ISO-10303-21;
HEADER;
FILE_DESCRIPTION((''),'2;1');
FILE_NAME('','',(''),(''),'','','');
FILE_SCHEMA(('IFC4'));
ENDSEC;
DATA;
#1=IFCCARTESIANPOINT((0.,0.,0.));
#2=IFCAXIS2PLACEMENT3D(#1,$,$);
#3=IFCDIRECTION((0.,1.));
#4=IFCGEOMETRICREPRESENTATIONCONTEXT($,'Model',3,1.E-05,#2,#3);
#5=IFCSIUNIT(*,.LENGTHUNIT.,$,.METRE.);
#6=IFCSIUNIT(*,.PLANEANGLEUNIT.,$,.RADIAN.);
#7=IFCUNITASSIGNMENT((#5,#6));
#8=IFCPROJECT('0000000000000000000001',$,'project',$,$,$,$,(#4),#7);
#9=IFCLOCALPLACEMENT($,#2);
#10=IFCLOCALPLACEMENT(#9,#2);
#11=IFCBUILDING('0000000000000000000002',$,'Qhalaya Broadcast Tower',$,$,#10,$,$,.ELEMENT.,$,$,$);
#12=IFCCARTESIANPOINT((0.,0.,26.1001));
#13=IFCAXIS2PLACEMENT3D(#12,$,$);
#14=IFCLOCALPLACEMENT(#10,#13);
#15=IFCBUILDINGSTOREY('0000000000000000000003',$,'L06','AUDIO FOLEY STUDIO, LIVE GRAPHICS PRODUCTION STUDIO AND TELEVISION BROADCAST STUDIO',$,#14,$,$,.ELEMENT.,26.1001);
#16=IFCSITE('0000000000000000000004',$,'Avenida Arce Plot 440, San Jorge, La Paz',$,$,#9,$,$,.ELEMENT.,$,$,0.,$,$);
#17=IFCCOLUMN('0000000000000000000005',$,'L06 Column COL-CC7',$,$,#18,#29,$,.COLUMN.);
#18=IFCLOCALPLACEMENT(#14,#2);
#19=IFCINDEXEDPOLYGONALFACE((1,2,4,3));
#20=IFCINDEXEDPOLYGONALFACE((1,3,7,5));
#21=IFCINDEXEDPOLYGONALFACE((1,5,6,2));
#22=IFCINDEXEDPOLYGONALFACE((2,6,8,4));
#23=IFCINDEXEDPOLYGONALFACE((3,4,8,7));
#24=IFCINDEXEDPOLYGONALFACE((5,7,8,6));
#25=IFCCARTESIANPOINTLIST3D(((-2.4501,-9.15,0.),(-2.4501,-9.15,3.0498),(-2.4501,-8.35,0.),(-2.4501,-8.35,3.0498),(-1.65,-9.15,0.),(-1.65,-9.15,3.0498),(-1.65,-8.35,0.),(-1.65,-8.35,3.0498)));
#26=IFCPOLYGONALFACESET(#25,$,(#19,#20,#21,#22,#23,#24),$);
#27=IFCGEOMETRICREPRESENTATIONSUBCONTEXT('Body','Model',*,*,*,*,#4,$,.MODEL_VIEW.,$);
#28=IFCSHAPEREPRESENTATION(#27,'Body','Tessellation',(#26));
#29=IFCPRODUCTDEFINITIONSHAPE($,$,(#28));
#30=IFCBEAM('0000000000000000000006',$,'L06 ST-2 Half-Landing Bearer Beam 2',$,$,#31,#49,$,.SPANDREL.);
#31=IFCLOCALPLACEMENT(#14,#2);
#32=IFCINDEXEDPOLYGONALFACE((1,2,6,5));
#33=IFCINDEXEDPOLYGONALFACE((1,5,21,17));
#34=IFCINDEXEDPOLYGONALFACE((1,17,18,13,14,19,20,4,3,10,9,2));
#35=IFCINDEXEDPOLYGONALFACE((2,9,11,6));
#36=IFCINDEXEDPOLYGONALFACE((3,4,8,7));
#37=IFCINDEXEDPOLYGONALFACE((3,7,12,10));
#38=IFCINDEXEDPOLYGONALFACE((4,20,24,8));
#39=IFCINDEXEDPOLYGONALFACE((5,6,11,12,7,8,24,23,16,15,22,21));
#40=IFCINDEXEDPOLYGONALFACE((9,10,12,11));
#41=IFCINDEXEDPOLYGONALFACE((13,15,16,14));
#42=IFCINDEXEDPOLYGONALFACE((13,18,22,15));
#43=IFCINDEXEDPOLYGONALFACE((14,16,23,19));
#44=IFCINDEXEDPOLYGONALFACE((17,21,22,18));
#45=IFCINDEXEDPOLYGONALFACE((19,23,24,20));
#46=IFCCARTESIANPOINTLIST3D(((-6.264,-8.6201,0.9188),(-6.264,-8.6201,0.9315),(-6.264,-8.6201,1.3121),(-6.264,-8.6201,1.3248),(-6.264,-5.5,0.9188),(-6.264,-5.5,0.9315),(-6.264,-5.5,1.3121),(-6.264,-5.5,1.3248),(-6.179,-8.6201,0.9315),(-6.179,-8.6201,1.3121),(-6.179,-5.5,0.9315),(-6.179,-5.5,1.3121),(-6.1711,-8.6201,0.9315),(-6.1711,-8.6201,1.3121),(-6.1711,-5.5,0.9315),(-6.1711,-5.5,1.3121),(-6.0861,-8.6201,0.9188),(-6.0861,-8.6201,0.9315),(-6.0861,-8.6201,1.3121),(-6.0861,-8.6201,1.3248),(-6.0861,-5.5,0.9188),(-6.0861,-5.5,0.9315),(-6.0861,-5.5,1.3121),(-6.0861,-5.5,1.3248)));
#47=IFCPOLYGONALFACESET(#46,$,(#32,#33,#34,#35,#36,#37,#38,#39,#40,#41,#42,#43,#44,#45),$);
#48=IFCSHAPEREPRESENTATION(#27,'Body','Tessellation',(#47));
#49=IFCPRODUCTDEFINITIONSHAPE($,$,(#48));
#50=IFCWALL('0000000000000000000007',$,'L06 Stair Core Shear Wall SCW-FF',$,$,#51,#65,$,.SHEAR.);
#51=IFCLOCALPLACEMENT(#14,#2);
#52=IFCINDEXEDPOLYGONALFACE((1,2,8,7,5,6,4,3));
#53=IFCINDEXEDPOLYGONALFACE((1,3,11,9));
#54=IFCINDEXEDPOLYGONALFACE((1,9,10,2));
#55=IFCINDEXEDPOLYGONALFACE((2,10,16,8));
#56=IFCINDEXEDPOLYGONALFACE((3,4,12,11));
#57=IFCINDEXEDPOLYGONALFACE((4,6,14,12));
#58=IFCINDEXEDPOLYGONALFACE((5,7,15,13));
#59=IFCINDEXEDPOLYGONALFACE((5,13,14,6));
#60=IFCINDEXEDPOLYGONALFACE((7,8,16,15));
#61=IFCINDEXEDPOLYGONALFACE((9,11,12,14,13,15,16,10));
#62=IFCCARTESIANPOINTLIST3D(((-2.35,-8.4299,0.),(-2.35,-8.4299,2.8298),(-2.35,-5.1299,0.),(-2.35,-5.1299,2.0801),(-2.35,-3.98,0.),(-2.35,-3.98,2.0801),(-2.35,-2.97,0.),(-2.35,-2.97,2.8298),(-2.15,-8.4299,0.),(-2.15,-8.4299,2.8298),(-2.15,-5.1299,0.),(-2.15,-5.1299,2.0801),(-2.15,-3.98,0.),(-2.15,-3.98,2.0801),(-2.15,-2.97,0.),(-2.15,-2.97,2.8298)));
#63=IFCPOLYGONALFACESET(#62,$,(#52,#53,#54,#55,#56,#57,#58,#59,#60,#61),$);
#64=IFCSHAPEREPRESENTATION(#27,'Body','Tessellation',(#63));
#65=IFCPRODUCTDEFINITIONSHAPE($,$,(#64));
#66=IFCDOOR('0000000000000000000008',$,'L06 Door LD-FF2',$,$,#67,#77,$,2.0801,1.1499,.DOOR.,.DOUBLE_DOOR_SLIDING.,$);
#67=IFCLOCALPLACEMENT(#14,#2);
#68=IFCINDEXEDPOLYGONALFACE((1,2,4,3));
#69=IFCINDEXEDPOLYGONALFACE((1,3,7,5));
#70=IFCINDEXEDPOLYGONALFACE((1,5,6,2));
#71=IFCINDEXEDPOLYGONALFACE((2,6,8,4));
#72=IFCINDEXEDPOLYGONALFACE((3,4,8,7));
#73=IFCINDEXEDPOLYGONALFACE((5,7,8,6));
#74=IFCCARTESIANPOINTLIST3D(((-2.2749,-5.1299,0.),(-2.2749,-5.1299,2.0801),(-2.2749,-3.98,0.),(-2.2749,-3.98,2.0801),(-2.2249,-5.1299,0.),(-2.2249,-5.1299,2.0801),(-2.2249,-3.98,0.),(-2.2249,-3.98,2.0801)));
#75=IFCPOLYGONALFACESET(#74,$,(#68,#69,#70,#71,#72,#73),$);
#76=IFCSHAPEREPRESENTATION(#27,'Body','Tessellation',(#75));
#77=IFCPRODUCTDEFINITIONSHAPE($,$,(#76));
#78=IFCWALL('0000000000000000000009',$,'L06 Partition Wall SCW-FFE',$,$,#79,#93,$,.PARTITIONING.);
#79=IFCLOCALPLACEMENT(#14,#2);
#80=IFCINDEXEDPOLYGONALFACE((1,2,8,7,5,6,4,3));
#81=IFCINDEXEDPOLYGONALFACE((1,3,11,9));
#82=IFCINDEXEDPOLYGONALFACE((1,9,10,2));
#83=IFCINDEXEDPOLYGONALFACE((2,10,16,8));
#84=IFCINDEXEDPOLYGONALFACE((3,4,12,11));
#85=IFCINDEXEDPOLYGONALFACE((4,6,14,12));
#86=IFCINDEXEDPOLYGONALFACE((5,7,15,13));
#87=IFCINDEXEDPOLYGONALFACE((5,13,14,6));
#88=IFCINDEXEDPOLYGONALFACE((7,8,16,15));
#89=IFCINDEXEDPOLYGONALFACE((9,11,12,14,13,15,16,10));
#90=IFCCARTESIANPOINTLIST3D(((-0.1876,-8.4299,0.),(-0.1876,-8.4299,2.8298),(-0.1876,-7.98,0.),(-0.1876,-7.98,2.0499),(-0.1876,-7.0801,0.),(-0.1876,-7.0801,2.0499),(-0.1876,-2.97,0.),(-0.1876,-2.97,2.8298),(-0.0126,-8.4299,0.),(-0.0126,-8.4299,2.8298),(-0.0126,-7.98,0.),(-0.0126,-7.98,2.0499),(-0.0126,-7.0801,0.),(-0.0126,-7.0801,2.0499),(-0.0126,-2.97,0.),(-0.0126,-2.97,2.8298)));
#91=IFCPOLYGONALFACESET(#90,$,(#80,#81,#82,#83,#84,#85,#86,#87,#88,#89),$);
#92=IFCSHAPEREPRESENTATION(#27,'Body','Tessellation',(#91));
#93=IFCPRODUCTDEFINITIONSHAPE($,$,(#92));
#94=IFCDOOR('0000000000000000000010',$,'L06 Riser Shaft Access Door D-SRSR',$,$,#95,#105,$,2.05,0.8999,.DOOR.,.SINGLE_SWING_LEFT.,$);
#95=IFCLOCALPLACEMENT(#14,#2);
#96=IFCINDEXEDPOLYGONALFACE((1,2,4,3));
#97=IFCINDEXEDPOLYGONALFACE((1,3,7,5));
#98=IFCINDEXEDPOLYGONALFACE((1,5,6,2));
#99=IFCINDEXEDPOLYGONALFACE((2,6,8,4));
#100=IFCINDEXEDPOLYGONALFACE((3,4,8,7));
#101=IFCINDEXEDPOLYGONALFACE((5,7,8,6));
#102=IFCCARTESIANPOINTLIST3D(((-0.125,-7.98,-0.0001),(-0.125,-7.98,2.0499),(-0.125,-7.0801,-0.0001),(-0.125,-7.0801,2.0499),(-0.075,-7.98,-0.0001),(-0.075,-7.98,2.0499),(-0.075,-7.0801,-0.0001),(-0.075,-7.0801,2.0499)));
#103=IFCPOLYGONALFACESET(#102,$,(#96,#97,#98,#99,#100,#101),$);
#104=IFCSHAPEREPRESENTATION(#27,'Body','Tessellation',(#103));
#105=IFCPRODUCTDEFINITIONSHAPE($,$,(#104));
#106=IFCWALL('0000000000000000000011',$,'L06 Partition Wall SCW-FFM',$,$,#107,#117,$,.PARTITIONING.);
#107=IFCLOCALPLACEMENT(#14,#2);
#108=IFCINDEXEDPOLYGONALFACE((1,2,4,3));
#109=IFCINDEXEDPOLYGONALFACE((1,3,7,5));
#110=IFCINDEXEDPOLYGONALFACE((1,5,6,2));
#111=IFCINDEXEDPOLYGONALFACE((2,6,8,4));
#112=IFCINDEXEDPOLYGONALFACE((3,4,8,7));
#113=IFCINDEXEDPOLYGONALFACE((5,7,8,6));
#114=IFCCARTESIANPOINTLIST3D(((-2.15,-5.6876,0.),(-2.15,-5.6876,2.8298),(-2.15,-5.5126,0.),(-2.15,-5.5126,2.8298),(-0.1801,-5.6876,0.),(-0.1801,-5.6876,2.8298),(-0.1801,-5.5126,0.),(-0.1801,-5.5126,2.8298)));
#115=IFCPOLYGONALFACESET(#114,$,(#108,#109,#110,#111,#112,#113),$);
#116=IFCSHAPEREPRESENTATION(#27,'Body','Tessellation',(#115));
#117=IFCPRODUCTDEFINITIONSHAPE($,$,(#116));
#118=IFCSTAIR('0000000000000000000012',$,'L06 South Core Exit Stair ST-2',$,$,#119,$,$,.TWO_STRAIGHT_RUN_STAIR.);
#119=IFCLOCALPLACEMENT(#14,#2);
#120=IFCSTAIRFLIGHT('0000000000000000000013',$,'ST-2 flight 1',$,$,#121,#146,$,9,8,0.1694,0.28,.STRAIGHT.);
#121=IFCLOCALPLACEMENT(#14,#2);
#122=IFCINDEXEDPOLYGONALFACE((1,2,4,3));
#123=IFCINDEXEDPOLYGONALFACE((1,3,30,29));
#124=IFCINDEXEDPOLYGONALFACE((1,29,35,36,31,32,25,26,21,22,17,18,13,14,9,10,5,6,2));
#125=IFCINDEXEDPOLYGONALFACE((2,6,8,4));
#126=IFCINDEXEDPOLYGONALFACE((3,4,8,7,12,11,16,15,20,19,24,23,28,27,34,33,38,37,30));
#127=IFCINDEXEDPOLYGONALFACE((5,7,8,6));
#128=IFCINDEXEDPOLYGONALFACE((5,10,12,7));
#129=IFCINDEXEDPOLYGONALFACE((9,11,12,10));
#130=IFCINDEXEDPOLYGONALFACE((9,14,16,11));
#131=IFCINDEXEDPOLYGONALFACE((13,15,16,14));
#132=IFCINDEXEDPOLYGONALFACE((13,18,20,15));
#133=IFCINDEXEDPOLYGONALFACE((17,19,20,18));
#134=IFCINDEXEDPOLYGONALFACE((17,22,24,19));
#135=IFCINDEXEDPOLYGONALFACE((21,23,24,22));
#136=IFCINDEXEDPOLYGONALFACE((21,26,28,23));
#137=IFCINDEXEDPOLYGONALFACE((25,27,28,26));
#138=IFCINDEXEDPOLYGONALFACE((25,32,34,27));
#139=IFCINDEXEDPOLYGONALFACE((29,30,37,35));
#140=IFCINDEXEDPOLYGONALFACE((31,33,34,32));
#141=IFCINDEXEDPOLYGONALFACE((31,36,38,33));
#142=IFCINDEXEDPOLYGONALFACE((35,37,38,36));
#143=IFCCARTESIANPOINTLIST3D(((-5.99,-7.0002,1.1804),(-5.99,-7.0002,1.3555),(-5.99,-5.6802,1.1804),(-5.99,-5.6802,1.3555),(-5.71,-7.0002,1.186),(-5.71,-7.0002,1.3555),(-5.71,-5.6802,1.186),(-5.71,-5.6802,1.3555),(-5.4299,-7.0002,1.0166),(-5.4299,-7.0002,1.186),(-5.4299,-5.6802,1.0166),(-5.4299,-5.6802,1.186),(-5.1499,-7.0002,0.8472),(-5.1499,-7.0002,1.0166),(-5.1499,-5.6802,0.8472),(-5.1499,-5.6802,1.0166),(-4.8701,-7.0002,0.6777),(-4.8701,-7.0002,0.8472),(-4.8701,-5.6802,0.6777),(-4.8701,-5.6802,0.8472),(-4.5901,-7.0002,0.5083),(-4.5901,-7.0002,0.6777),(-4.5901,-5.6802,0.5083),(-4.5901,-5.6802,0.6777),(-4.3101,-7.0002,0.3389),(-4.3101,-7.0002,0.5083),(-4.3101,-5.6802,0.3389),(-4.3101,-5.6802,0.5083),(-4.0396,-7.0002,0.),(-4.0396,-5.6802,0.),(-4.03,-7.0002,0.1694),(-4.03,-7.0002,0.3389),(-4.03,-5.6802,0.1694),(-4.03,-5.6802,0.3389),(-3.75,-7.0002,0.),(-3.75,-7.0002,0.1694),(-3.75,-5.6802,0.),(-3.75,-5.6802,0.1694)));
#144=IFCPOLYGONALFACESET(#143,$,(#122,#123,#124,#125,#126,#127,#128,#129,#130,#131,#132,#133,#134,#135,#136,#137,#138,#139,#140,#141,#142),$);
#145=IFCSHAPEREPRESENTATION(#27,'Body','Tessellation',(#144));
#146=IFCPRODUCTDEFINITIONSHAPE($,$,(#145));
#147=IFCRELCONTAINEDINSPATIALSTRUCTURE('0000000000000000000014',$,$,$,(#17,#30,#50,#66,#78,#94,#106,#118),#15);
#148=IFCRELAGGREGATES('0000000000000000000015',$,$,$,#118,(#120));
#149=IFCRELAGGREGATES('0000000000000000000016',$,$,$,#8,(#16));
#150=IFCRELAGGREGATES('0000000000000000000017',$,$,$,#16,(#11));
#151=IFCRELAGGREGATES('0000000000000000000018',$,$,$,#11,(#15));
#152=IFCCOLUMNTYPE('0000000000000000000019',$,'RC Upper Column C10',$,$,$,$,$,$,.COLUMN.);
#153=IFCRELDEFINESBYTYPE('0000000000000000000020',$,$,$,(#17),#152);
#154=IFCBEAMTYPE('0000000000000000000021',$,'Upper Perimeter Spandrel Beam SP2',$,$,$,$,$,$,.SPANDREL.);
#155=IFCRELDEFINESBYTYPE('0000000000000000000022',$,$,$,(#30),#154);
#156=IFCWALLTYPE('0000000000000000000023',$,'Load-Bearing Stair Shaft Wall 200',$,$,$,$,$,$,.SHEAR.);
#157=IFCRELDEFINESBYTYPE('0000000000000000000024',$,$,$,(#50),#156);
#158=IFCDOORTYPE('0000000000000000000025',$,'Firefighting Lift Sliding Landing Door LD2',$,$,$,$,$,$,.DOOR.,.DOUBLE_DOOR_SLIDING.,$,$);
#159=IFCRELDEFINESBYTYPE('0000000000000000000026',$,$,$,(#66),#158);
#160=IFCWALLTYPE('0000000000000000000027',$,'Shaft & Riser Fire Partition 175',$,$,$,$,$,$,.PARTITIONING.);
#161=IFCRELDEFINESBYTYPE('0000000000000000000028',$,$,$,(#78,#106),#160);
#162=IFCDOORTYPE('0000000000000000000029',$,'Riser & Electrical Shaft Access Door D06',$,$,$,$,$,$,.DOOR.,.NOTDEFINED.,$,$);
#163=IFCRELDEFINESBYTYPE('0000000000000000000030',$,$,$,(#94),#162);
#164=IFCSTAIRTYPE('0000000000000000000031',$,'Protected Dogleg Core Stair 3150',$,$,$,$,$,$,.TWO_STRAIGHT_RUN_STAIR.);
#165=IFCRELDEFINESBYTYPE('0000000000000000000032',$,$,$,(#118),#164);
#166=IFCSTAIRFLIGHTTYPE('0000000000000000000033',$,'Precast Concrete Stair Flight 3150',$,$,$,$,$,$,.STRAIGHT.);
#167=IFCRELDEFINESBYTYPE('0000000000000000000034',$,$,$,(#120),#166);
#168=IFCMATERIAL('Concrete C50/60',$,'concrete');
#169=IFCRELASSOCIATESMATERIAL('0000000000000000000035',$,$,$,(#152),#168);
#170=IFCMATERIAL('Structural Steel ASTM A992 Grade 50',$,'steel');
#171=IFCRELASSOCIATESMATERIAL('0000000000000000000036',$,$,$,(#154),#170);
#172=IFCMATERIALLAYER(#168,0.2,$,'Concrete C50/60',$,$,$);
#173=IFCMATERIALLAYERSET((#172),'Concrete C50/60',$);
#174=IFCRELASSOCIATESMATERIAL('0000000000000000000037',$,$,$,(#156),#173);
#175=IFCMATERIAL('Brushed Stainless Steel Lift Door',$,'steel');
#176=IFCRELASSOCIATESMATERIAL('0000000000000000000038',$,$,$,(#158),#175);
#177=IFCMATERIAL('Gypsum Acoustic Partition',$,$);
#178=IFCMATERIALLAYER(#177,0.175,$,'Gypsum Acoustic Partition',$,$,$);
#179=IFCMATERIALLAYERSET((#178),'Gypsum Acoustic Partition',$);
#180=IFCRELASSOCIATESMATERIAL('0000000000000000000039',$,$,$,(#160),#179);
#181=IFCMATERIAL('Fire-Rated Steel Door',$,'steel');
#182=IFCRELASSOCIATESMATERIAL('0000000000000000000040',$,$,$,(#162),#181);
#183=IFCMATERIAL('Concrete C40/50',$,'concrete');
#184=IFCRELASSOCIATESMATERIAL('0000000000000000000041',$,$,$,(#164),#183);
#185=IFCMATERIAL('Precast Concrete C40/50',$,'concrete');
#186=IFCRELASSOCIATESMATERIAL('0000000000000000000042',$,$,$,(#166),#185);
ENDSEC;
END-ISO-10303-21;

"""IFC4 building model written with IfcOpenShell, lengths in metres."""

from ifc_helpers import new_model, si_unit, direction, frame, frame_2d, origin, origin_2d, place, context, subcontext, project, spatial, polyline, rectangle, i_section, outline, extrude, material, layer, layer_set, material_profile, profile_set, type_object, element, fill, aggregate, save


model = new_model("IFC4")

# Units and contexts
model_context = context("Model", 3, precision=1e-05, world=origin(), true_north=direction((0.0, 1.0)))
body_context = subcontext(model_context, "Body", "Model", "MODEL_VIEW")
ifc_project = project(units=[si_unit("LENGTHUNIT", "METRE"), si_unit("PLANEANGLEUNIT", "RADIAN")], contexts=[model_context])

# Site, building, storey
site_placement = place(None, origin())
site = spatial("IfcSite", under=ifc_project, at=site_placement, Name="Avenida Arce Plot 440, San Jorge, La Paz", CompositionType="ELEMENT", RefElevation=0.0)
building_placement = place(site_placement, origin())
building = spatial("IfcBuilding", under=site, at=building_placement, Name="Qhalaya Broadcast Tower", CompositionType="ELEMENT")
storey_placement = place(building_placement, frame((0.0, 0.0, 26.1001)))
storey = spatial("IfcBuildingStorey", under=building, at=storey_placement, Name="L06", Description="AUDIO FOLEY STUDIO, LIVE GRAPHICS PRODUCTION STUDIO AND TELEVISION BROADCAST STUDIO", CompositionType="ELEMENT", Elevation=26.1001)

# Column
ifc_material_1 = material(Name="Concrete C50/60", Category="concrete")
ifc_material_profile_1 = material_profile(ifc_material_1, rectangle(XDim=0.8, YDim=0.8, at=origin_2d()), Name="RC-COL 800x800")
ifc_profile_set_1 = profile_set([ifc_material_profile_1], Name="Concrete C50/60")
column_type = type_object("IfcColumnType", Name="RC Upper Column C10", PredefinedType="COLUMN", material=ifc_profile_set_1)
column_placement = place(storey_placement, frame((-2.05, -8.75, 0.0), z_axis=(0.0, 0.0, 1.0), x_axis=(1.0, 0.0, 0.0)))
element("IfcColumn", 1, at=column_placement, inside=storey, type_object=column_type, Name="L06 Column COL-CC7", PredefinedType="COLUMN", context=body_context, shape_type="SweptSolid", body=[
    extrude(rectangle(XDim=0.8, YDim=0.8, at=origin_2d()), origin(), (0.0, 0.0, 1.0), 3.0498),
])

# Beam
ifc_material_2 = material(Name="Structural Steel ASTM A992 Grade 50", Category="steel")
ifc_material_profile_2 = material_profile(ifc_material_2, i_section(OverallWidth=0.178, OverallDepth=0.406, WebThickness=0.0078, FlangeThickness=0.0127, at=origin_2d()), Name="W16X40")
ifc_profile_set_2 = profile_set([ifc_material_profile_2], Name="Structural Steel ASTM A992 Grade 50")
beam_type = type_object("IfcBeamType", Name="Upper Perimeter Spandrel Beam SP2", PredefinedType="SPANDREL", material=ifc_profile_set_2)
beam_placement = place(storey_placement, frame((-6.175, -8.6201, 1.1218), z_axis=(0.0, 1.0, 0.0), x_axis=(-1.0, 0.0, 0.0)))
element("IfcBeam", 2, at=beam_placement, inside=storey, type_object=beam_type, Name="L06 ST-2 Half-Landing Bearer Beam 2", PredefinedType="SPANDREL", context=body_context, shape_type="SweptSolid", body=[
    extrude(i_section(OverallWidth=0.178, OverallDepth=0.406, WebThickness=0.0078, FlangeThickness=0.0127, at=origin_2d()), origin(), (0.0, 0.0, 1.0), 3.1201),
])

# Walls, openings, doors
ifc_layer_1 = layer(ifc_material_1, 0.2, Name="Concrete C50/60")
ifc_layer_set_1 = layer_set([ifc_layer_1], Name="Concrete C50/60")
wall_type_1 = type_object("IfcWallType", Name="Load-Bearing Stair Shaft Wall 200", PredefinedType="SHEAR", material=ifc_layer_set_1)
wall_1_placement = place(storey_placement, frame((-2.25, -8.4299, 0.0), z_axis=(0.0, 0.0, 1.0), x_axis=(0.0, 1.0, 0.0)))
wall_1 = element("IfcWall", 3, at=wall_1_placement, inside=storey, type_object=wall_type_1, Name="L06 Stair Core Shear Wall SCW-FF", PredefinedType="SHEAR", context=body_context, shape_type="SweptSolid", body=[
    extrude(rectangle(XDim=5.46, YDim=0.2, at=frame_2d((2.73, 0.0))), origin(), (0.0, 0.0, 1.0), 2.8298),
])
opening_1_placement = place(wall_1_placement, frame((3.3, 0.0, 0.0)))
opening_1 = element("IfcOpeningElement", 4, at=opening_1_placement, cuts=wall_1, PredefinedType="OPENING", context=body_context, shape_type="SweptSolid", body=[
    extrude(rectangle(XDim=1.1499, YDim=2.0801, at=frame_2d((0.575, 1.04))), frame((0.0, 0.1121, 0.0), z_axis=(0.0, -1.0, 0.0), x_axis=(1.0, 0.0, 0.0)), (0.0, 0.0, 1.0), 0.2239),
])
ifc_material_3 = material(Name="Brushed Stainless Steel Lift Door", Category="steel")
door_type_1 = type_object("IfcDoorType", Name="Firefighting Lift Sliding Landing Door LD2", OperationType="DOUBLE_DOOR_SLIDING", PredefinedType="DOOR", material=ifc_material_3)
door_1_placement = place(opening_1_placement, origin())
door_1 = element("IfcDoor", 5, at=door_1_placement, inside=storey, type_object=door_type_1, Name="L06 Door LD-FF2", OperationType="DOUBLE_DOOR_SLIDING", OverallHeight=2.0801, OverallWidth=1.1499, PredefinedType="DOOR", context=body_context, shape_type="SweptSolid", body=[
    extrude(rectangle(XDim=1.1499, YDim=2.0801, at=frame_2d((0.575, 1.04))), frame((0.0, 0.0249, 0.0), z_axis=(0.0, -1.0, 0.0), x_axis=(1.0, 0.0, 0.0)), (0.0, 0.0, 1.0), 0.05),
])
fill(opening_1, door_1)
ifc_material_4 = material(Name="Gypsum Acoustic Partition")
ifc_layer_2 = layer(ifc_material_4, 0.175, Name="Gypsum Acoustic Partition")
ifc_layer_set_2 = layer_set([ifc_layer_2], Name="Gypsum Acoustic Partition")
wall_type_2 = type_object("IfcWallType", Name="Shaft & Riser Fire Partition 175", PredefinedType="PARTITIONING", material=ifc_layer_set_2)
wall_2_placement = place(storey_placement, frame((-0.1001, -8.4299, 0.0), z_axis=(0.0, 0.0, 1.0), x_axis=(0.0, 1.0, 0.0)))
wall_2 = element("IfcWall", 6, at=wall_2_placement, inside=storey, type_object=wall_type_2, Name="L06 Partition Wall SCW-FFE", PredefinedType="PARTITIONING", context=body_context, shape_type="SweptSolid", body=[
    extrude(rectangle(XDim=5.46, YDim=0.175, at=frame_2d((2.73, 0.0))), origin(), (0.0, 0.0, 1.0), 2.8298),
])
opening_2_placement = place(wall_2_placement, frame((0.45, 0.0, 0.0)))
opening_2 = element("IfcOpeningElement", 7, at=opening_2_placement, cuts=wall_2, PredefinedType="OPENING", context=body_context, shape_type="SweptSolid", body=[
    extrude(rectangle(XDim=0.8999, YDim=2.05, at=frame_2d((0.45, 1.0249))), frame((0.0, 0.0996, 0.0), z_axis=(0.0, -1.0, 0.0), x_axis=(1.0, 0.0, 0.0)), (0.0, 0.0, 1.0), 0.199),
])
ifc_material_5 = material(Name="Fire-Rated Steel Door", Category="steel")
door_type_2 = type_object("IfcDoorType", Name="Riser & Electrical Shaft Access Door D06", OperationType="NOTDEFINED", PredefinedType="DOOR", material=ifc_material_5)
door_2_placement = place(opening_2_placement, origin())
door_2 = element("IfcDoor", 8, at=door_2_placement, inside=storey, type_object=door_type_2, Name="L06 Riser Shaft Access Door D-SRSR", OperationType="SINGLE_SWING_LEFT", OverallHeight=2.05, OverallWidth=0.8999, PredefinedType="DOOR", context=body_context, shape_type="SweptSolid", body=[
    extrude(rectangle(XDim=0.8999, YDim=2.05, at=frame_2d((0.45, 1.0249))), frame((0.0, 0.0249, 0.0), z_axis=(0.0, -1.0, 0.0), x_axis=(1.0, 0.0, 0.0)), (0.0, 0.0, 1.0), 0.05),
])
fill(opening_2, door_2)

# Wall
wall_3_placement = place(storey_placement, frame((-2.1499, -5.6001, 0.0), z_axis=(0.0, 0.0, 1.0), x_axis=(1.0, 0.0, 0.0)))
element("IfcWall", 9, at=wall_3_placement, inside=storey, type_object=wall_type_2, Name="L06 Partition Wall SCW-FFM", PredefinedType="PARTITIONING", context=body_context, shape_type="SweptSolid", body=[
    extrude(rectangle(XDim=1.97, YDim=0.175, at=frame_2d((0.9849, 0.0))), origin(), (0.0, 0.0, 1.0), 2.8298),
])

# Stair, stair flight
ifc_material_6 = material(Name="Concrete C40/50", Category="concrete")
stair_type = type_object("IfcStairType", Name="Protected Dogleg Core Stair 3150", PredefinedType="TWO_STRAIGHT_RUN_STAIR", material=ifc_material_6)
stair_placement = place(storey_placement, origin())
stair = element("IfcStair", 10, at=stair_placement, inside=storey, type_object=stair_type, Name="L06 South Core Exit Stair ST-2", PredefinedType="TWO_STRAIGHT_RUN_STAIR")
ifc_material_7 = material(Name="Precast Concrete C40/50", Category="concrete")
stair_flight_type = type_object("IfcStairFlightType", Name="Precast Concrete Stair Flight 3150", PredefinedType="STRAIGHT", material=ifc_material_7)
stair_flight_1_placement = place(storey_placement, frame((-3.75, -6.3401, 0.0), z_axis=(0.0, 0.0, 1.0), x_axis=(-1.0, 0.0, 0.0)))
stair_flight_1 = element("IfcStairFlight", 11, at=stair_flight_1_placement, type_object=stair_flight_type, Name="ST-2 flight 1", NumberOfRisers=9, NumberOfTreads=8, PredefinedType="STRAIGHT", RiserHeight=0.1694, TreadLength=0.28, context=body_context, shape_type="SweptSolid", body=[
    extrude(outline(polyline([(0.0, 0.0), (0.0, 0.1694), (0.28, 0.1694), (0.28, 0.3389), (0.5601, 0.3389), (0.5601, 0.5083), (0.8401, 0.5083), (0.8401, 0.6777), (1.1201, 0.6777), (1.1201, 0.8472), (1.3999, 0.8472), (1.3999, 1.0166), (1.6799, 1.0166), (1.6799, 1.186), (1.96, 1.186), (1.96, 1.3555), (2.24, 1.3555), (2.24, 1.5249), (2.24, 1.1804), (0.2896, 0.0), (0.0, 0.0)])), frame((0.0, 0.6602, 0.0), z_axis=(0.0, -1.0, 0.0), x_axis=(1.0, 0.0, 0.0)), (0.0, 0.0, 1.0), 1.3201),
])
aggregate(stair, [stair_flight_1])

save(model, "model.ifc")
